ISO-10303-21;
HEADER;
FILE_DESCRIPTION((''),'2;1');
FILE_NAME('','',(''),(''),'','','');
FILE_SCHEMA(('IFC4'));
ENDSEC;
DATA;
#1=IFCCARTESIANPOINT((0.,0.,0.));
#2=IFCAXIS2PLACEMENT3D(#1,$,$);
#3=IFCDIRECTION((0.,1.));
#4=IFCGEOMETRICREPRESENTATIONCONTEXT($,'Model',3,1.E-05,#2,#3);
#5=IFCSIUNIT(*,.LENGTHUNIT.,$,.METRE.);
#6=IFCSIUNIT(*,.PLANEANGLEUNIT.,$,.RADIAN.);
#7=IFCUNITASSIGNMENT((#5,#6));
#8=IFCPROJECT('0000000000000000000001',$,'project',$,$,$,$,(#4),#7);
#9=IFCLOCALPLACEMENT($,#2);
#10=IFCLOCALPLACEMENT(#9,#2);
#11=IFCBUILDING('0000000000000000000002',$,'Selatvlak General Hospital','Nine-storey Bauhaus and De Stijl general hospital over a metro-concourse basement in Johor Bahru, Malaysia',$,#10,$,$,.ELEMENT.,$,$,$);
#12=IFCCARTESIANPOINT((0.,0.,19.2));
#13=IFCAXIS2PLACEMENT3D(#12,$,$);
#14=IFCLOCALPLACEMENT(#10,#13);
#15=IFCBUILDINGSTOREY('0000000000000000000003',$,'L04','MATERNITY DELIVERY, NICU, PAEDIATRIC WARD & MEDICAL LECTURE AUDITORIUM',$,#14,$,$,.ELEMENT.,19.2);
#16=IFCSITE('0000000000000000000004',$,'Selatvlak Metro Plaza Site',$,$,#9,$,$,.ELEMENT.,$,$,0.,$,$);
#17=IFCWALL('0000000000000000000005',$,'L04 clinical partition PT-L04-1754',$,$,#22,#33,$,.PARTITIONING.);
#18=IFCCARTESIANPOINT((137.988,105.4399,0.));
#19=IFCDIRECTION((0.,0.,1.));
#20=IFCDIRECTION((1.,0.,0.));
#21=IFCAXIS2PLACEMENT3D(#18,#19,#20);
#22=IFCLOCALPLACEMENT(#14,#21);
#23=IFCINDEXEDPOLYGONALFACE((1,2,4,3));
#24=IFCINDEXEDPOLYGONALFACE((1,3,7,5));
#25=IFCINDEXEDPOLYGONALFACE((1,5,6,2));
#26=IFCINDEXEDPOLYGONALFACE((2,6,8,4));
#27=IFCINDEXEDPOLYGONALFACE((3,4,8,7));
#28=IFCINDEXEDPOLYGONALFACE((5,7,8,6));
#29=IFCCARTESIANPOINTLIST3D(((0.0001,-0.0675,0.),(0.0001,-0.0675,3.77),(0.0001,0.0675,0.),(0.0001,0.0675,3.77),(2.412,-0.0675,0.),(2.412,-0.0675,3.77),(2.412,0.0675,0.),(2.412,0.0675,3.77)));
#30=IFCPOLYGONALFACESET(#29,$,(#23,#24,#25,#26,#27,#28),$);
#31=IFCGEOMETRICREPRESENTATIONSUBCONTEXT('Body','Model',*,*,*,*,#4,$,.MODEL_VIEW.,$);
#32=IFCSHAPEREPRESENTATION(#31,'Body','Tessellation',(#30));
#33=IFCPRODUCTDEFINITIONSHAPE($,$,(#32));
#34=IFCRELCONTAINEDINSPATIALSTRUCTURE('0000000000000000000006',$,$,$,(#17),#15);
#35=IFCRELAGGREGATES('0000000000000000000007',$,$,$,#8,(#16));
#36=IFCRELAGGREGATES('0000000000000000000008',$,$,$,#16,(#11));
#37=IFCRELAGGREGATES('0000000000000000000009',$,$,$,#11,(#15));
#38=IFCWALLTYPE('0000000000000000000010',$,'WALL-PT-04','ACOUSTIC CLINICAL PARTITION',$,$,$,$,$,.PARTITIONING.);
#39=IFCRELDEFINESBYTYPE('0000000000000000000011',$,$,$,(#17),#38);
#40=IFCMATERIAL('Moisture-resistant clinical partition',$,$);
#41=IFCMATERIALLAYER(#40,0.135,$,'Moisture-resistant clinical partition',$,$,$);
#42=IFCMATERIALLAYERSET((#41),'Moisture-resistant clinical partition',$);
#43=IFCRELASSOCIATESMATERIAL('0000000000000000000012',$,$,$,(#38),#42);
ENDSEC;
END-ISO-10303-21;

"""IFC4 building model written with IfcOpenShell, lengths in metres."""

from ifc_helpers import new_model, si_unit, direction, frame, frame_2d, origin, place, context, subcontext, project, spatial, rectangle, extrude, material, layer, layer_set, type_object, element, save


model = new_model("IFC4")

# Units and contexts
model_context = context("Model", 3, precision=1e-05, world=origin(), true_north=direction((0.0, 1.0)))
body_context = subcontext(model_context, "Body", "Model", "MODEL_VIEW")
ifc_project = project(units=[si_unit("LENGTHUNIT", "METRE"), si_unit("PLANEANGLEUNIT", "RADIAN")], contexts=[model_context])

# Site, building, storey
site_placement = place(None, origin())
site = spatial("IfcSite", under=ifc_project, at=site_placement, Name="Selatvlak Metro Plaza Site", CompositionType="ELEMENT", RefElevation=0.0)
building_placement = place(site_placement, origin())
building = spatial("IfcBuilding", under=site, at=building_placement, Name="Selatvlak General Hospital", Description="Nine-storey Bauhaus and De Stijl general hospital over a metro-concourse basement in Johor Bahru, Malaysia", CompositionType="ELEMENT")
storey_placement = place(building_placement, frame((0.0, 0.0, 19.2)))
storey = spatial("IfcBuildingStorey", under=building, at=storey_placement, Name="L04", Description="MATERNITY DELIVERY, NICU, PAEDIATRIC WARD & MEDICAL LECTURE AUDITORIUM", CompositionType="ELEMENT", Elevation=19.2)

# Wall
ifc_material_1 = material(Name="Moisture-resistant clinical partition")
ifc_layer_1 = layer(ifc_material_1, 0.135, Name="Moisture-resistant clinical partition")
ifc_layer_set_1 = layer_set([ifc_layer_1], Name="Moisture-resistant clinical partition")
wall_type_1 = type_object("IfcWallType", Name="WALL-PT-04", Description="ACOUSTIC CLINICAL PARTITION", PredefinedType="PARTITIONING", material=ifc_layer_set_1)
wall_1_placement = place(storey_placement, frame((137.988, 105.4399, 0.0), z_axis=(0.0, 0.0, 1.0), x_axis=(1.0, 0.0, 0.0)))
element("IfcWall", 1, at=wall_1_placement, inside=storey, type_object=wall_type_1, Name="L04 clinical partition PT-L04-1754", PredefinedType="PARTITIONING", context=body_context, shape_type="SweptSolid", body=[
    extrude(rectangle(XDim=2.4119, YDim=0.135, at=frame_2d((1.2061, 0.0))), origin(), (0.0, 0.0, 1.0), 3.77),
])

save(model, "model.ifc")
